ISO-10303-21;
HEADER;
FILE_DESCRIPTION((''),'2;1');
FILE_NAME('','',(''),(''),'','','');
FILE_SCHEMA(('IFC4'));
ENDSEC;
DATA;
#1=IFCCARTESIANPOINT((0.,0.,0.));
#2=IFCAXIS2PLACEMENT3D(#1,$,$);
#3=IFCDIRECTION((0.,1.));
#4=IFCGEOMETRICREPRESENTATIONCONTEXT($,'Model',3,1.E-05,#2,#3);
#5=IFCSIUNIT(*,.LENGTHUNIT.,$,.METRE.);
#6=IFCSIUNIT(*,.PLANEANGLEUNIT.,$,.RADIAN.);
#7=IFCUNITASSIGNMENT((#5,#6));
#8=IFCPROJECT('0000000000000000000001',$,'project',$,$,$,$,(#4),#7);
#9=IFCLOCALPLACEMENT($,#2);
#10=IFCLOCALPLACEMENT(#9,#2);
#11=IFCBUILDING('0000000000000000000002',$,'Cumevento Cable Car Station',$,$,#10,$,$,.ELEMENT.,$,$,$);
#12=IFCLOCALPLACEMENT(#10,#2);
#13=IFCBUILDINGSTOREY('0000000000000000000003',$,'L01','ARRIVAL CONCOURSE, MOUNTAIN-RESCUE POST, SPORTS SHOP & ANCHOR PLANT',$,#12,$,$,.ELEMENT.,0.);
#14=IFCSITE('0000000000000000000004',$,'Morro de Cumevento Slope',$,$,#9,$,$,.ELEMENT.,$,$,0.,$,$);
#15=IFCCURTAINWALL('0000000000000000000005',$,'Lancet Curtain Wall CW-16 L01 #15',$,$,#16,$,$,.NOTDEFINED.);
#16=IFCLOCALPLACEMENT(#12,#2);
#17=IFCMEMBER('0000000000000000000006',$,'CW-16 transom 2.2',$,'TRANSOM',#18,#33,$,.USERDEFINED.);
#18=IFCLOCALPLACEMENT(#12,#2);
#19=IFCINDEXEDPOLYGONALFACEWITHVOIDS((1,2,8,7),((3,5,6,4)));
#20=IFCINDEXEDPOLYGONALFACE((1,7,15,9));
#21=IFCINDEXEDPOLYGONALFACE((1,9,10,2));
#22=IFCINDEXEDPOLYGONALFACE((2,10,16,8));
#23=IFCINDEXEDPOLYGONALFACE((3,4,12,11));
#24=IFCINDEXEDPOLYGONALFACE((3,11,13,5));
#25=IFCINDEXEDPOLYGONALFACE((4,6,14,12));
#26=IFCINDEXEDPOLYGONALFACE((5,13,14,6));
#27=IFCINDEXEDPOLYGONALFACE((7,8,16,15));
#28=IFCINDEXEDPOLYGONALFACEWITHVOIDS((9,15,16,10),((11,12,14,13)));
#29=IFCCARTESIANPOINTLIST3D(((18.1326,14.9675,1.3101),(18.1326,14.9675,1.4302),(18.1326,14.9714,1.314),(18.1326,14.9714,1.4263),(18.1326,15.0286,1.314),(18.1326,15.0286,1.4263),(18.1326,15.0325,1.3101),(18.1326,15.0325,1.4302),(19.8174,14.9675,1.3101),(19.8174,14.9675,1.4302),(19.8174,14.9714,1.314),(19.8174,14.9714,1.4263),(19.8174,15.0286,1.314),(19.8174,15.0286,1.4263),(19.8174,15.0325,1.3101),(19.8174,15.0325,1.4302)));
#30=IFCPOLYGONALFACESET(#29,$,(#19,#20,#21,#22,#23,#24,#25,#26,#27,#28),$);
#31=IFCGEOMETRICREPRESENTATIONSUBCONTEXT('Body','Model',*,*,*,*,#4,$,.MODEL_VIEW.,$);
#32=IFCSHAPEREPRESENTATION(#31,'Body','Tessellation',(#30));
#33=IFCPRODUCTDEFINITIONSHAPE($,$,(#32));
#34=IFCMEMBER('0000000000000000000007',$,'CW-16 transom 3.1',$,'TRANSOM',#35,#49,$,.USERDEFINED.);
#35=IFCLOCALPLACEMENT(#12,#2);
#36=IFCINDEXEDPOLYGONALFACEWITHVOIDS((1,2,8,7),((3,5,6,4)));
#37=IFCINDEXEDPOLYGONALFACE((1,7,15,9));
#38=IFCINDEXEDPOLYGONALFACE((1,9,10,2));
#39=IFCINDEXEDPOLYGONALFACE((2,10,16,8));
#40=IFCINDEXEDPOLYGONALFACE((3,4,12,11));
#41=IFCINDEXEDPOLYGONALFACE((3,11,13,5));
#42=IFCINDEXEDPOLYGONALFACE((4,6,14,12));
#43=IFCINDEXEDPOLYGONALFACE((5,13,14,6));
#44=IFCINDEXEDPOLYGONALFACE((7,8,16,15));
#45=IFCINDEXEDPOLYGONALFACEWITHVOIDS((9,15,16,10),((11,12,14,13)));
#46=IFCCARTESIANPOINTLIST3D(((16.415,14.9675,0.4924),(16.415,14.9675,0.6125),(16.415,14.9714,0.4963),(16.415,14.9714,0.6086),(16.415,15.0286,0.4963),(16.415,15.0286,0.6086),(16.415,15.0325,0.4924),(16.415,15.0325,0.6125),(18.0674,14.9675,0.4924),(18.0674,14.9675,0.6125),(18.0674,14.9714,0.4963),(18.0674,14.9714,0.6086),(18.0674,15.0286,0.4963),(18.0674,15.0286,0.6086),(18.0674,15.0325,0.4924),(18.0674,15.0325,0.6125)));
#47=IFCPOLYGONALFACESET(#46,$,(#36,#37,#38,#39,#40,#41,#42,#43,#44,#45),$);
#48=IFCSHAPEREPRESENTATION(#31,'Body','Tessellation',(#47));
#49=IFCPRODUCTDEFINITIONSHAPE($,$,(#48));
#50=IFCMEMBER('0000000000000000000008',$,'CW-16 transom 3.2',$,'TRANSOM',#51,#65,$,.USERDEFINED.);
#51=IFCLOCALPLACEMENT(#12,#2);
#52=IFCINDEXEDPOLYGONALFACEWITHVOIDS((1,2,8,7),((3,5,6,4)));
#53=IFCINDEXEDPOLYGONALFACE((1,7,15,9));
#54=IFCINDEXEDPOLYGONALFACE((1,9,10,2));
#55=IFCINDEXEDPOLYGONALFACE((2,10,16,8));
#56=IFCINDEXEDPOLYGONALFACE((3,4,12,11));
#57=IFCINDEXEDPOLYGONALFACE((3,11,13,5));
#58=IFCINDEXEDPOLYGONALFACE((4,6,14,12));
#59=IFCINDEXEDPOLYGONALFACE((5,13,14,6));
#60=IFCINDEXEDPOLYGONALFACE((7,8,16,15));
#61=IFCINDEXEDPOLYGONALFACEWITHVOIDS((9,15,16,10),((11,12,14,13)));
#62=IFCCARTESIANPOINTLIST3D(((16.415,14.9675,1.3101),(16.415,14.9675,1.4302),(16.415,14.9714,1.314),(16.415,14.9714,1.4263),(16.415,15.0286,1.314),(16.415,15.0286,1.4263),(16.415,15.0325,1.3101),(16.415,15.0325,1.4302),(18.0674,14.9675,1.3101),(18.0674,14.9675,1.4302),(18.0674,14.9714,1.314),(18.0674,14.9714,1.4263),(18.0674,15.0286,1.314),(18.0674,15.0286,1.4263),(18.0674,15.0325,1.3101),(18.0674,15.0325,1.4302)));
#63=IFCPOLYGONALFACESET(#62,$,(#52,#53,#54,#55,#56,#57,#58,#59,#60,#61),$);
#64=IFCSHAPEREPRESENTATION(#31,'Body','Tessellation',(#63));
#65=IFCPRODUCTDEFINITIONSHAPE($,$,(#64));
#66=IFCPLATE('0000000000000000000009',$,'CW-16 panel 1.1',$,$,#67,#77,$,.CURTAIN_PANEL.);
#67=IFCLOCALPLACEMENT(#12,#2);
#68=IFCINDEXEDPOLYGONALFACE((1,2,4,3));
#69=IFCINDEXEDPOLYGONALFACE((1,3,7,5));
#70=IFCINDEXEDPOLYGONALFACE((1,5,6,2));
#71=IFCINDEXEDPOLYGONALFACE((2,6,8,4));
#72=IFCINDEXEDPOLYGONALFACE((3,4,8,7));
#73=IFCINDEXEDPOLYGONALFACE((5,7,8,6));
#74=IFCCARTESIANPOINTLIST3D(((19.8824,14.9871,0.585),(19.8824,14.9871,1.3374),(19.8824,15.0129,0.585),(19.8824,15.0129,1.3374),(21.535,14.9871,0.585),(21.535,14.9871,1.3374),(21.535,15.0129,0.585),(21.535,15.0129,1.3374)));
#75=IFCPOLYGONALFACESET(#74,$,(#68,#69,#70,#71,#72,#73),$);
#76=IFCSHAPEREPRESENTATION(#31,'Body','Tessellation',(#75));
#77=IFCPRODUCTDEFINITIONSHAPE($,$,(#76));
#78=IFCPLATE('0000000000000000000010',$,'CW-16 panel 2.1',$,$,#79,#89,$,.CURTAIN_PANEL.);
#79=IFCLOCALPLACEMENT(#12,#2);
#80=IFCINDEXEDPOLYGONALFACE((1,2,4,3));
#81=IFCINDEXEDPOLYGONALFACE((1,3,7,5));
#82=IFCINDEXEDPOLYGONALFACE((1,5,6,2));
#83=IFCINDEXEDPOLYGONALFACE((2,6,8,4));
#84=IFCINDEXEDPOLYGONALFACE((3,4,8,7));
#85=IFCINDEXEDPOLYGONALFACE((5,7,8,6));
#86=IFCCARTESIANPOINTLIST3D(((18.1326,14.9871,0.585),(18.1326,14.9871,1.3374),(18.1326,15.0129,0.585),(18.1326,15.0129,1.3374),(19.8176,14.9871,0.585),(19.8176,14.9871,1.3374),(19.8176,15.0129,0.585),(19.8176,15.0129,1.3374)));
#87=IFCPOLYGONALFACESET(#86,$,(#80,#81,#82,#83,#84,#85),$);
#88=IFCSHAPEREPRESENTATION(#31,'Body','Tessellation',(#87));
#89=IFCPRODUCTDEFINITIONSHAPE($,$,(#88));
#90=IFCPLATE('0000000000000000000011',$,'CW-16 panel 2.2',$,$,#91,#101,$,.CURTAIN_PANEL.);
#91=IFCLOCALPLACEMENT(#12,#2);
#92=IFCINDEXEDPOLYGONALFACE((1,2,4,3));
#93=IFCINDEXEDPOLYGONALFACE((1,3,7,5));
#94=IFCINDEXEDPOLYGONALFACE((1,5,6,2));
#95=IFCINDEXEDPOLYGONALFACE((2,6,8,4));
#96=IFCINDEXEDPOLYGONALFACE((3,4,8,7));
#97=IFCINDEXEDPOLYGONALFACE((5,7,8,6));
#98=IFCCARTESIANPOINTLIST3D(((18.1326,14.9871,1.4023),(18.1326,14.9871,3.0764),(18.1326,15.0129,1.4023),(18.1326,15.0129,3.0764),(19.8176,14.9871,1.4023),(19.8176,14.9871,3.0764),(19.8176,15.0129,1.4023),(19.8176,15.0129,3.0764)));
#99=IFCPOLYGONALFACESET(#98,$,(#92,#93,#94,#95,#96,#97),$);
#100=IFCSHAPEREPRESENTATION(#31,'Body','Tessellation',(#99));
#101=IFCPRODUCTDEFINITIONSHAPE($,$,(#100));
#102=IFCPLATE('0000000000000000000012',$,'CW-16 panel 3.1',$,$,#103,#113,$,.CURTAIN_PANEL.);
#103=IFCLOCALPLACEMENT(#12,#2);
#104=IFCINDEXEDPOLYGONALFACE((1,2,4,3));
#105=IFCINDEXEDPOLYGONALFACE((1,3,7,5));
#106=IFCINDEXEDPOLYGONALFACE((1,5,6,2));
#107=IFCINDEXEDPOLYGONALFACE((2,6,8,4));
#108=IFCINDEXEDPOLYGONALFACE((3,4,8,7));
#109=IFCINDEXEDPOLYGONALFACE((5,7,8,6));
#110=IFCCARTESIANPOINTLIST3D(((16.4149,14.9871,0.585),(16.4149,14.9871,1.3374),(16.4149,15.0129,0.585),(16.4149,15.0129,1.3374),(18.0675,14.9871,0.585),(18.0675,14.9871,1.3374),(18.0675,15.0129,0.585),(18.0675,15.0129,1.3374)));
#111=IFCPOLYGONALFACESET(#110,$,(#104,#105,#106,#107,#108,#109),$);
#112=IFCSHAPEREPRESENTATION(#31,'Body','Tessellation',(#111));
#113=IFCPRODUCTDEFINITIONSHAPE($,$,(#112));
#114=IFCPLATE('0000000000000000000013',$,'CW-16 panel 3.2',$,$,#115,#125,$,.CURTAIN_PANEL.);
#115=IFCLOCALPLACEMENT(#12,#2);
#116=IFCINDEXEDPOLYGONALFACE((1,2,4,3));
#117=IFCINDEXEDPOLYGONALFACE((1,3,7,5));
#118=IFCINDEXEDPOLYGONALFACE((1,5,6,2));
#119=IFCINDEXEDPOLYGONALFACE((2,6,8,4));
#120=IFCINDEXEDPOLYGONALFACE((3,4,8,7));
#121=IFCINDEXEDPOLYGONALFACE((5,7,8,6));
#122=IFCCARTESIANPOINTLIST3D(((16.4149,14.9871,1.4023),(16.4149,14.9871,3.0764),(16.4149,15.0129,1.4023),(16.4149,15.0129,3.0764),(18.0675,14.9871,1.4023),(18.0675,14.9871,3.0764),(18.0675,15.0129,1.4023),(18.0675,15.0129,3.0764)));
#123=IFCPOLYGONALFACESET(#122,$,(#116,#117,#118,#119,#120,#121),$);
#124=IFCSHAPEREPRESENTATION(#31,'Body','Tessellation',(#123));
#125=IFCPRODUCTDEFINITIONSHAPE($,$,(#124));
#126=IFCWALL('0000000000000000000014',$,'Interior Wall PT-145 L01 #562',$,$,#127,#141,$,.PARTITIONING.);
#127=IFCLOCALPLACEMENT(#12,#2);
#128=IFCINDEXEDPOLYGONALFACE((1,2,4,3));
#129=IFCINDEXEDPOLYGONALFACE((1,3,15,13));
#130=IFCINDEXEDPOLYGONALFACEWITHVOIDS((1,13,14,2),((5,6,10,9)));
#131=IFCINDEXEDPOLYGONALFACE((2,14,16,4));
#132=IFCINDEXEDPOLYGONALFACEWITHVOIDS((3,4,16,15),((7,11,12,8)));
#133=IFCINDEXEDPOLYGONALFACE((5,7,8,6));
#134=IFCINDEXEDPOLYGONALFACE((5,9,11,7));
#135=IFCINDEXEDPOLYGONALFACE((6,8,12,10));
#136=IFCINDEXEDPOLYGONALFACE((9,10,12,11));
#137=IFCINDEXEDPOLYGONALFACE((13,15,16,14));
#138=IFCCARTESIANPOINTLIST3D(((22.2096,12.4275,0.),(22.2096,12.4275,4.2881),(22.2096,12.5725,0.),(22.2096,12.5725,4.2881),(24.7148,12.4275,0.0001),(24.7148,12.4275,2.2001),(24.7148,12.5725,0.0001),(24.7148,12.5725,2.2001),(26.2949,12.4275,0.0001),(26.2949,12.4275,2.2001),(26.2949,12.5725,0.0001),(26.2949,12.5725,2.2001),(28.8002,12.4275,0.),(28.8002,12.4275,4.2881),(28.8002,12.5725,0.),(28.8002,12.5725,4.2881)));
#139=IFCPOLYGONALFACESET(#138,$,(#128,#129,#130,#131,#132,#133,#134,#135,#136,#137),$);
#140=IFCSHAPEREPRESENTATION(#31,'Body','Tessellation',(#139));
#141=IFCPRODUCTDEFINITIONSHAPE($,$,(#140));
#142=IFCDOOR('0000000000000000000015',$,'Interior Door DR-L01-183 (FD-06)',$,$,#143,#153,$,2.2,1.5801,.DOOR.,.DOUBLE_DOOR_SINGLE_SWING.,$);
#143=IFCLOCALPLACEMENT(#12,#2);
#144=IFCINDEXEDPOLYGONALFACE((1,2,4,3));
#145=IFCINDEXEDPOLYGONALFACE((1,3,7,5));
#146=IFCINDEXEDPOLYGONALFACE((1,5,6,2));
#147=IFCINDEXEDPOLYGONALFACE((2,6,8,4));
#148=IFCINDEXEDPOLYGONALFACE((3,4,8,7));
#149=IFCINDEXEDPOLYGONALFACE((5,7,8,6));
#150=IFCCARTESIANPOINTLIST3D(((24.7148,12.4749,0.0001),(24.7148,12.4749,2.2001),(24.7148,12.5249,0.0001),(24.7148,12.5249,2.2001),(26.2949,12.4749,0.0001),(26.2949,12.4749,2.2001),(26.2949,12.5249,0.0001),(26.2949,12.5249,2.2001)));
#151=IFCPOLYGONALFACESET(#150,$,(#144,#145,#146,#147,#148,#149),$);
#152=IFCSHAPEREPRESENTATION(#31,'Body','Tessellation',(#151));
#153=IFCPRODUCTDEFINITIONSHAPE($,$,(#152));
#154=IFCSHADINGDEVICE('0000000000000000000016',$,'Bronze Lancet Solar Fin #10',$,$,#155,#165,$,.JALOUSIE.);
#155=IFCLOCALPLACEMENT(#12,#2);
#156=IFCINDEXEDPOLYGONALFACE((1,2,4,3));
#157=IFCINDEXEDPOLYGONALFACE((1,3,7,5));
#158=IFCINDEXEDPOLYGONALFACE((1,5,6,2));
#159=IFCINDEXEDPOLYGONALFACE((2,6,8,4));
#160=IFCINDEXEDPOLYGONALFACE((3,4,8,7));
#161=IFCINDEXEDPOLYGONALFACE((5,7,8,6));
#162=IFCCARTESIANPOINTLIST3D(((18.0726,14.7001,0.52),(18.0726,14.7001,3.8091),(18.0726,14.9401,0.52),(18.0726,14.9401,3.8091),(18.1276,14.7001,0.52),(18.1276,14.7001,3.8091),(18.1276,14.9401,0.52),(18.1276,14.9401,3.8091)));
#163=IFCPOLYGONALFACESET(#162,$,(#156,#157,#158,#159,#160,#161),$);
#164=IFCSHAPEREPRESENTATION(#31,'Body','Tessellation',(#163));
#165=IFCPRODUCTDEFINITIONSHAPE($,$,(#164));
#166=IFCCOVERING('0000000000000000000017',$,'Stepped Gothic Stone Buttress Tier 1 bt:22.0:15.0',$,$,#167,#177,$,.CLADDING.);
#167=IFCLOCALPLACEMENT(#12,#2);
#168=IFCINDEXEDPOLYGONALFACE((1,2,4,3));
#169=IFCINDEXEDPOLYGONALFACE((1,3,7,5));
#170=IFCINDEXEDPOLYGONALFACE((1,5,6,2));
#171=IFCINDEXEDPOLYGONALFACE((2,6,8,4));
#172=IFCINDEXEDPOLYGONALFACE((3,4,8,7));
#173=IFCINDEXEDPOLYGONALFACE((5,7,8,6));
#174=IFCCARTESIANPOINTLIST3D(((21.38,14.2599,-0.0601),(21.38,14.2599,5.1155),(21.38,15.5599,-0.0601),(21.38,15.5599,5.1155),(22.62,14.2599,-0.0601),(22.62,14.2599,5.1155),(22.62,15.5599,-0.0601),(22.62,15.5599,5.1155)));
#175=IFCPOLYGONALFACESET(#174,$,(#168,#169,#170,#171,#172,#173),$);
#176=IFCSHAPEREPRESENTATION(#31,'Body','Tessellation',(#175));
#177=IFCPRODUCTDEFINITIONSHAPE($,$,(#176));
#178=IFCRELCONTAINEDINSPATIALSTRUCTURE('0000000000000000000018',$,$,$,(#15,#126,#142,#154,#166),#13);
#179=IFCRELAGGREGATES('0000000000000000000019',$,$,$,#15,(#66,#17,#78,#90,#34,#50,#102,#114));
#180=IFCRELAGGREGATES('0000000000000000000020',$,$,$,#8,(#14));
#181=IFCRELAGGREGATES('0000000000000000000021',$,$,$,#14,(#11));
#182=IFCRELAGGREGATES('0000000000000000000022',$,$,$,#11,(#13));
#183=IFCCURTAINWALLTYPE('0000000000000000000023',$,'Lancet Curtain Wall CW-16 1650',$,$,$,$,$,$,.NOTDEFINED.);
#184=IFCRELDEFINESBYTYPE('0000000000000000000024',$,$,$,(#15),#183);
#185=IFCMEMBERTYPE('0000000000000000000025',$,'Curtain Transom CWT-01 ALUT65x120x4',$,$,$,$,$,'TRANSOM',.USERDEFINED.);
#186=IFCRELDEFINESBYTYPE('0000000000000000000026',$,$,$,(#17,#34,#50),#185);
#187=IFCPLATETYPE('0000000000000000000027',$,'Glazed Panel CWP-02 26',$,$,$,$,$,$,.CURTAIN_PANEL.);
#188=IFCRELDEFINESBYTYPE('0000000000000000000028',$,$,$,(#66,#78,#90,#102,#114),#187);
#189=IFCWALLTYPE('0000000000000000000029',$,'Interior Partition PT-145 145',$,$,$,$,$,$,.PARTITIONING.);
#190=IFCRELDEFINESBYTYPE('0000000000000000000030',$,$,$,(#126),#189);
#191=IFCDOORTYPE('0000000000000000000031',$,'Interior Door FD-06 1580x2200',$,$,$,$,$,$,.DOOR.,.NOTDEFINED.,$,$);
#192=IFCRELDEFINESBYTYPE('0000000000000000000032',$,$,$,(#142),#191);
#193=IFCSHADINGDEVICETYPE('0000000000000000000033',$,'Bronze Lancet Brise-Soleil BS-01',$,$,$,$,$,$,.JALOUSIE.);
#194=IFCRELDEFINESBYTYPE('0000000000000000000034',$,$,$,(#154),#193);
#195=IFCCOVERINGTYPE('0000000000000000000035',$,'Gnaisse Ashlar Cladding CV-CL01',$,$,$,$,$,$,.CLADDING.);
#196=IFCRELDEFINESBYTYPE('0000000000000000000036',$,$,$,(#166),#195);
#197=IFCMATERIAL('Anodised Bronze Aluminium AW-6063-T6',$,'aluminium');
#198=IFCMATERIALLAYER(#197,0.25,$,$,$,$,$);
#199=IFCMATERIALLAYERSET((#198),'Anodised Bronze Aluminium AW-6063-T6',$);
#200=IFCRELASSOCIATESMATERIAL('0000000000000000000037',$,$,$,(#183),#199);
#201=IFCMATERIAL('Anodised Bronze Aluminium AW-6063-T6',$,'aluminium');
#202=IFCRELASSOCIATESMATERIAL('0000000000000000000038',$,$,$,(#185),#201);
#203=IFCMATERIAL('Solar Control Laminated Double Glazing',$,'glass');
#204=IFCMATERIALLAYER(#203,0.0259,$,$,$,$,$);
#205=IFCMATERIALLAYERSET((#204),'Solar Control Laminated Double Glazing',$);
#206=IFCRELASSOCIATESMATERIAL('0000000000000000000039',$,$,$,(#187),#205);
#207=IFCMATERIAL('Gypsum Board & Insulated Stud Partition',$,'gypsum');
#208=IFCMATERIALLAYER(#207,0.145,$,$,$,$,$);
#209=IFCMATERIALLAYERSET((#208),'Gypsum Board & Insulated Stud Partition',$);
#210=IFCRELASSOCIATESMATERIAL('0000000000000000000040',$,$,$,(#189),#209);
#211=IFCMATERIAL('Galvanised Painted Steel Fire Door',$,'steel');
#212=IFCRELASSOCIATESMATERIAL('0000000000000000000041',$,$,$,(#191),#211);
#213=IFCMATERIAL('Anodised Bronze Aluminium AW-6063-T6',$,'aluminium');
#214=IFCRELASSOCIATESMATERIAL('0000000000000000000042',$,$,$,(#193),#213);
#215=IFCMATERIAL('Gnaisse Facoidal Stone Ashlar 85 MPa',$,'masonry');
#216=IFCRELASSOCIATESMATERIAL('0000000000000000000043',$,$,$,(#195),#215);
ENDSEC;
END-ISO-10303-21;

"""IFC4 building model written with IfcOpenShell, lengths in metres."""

from ifc_helpers import new_model, si_unit, direction, frame, frame_2d, origin, origin_2d, place, context, subcontext, project, spatial, rectangle, hollow_rectangle, extrude, material, layer, layer_set, material_profile, profile_set, type_object, element, fill, aggregate, save


model = new_model("IFC4")

# Units and contexts
model_context = context("Model", 3, precision=1e-05, world=origin(), true_north=direction((0.0, 1.0)))
body_context = subcontext(model_context, "Body", "Model", "MODEL_VIEW")
ifc_project = project(units=[si_unit("LENGTHUNIT", "METRE"), si_unit("PLANEANGLEUNIT", "RADIAN")], contexts=[model_context])

# Site, building, storey
site_placement = place(None, origin())
site = spatial("IfcSite", under=ifc_project, at=site_placement, Name="Morro de Cumevento Slope", CompositionType="ELEMENT", RefElevation=0.0)
building_placement = place(site_placement, origin())
building = spatial("IfcBuilding", under=site, at=building_placement, Name="Cumevento Cable Car Station", CompositionType="ELEMENT")
storey_placement = place(building_placement, origin())
storey = spatial("IfcBuildingStorey", under=building, at=storey_placement, Name="L01", Description="ARRIVAL CONCOURSE, MOUNTAIN-RESCUE POST, SPORTS SHOP & ANCHOR PLANT", CompositionType="ELEMENT", Elevation=0.0)

# Curtain wall, members, plates
ifc_material_1 = material(Name="Anodised Bronze Aluminium AW-6063-T6", Category="aluminium")
ifc_layer_1 = layer(ifc_material_1, 0.25)
ifc_layer_set_1 = layer_set([ifc_layer_1], Name="Anodised Bronze Aluminium AW-6063-T6")
curtain_wall_type = type_object("IfcCurtainWallType", Name="Lancet Curtain Wall CW-16 1650", PredefinedType="NOTDEFINED", material=ifc_layer_set_1)
curtain_wall_placement = place(storey_placement, origin())
curtain_wall = element("IfcCurtainWall", 1, at=curtain_wall_placement, inside=storey, type_object=curtain_wall_type, Name="Lancet Curtain Wall CW-16 L01 #15", PredefinedType="NOTDEFINED")
ifc_material_2 = material(Name="Anodised Bronze Aluminium AW-6063-T6", Category="aluminium")
ifc_material_profile_1 = material_profile(ifc_material_2, hollow_rectangle(XDim=0.0649, YDim=0.1201, WallThickness=0.0039, at=origin_2d()), Name="ALUT65x120x4")
ifc_profile_set_1 = profile_set([ifc_material_profile_1], Name="Anodised Bronze Aluminium AW-6063-T6")
member_type_1 = type_object("IfcMemberType", Name="Curtain Transom CWT-01 ALUT65x120x4", ElementType="TRANSOM", PredefinedType="USERDEFINED", material=ifc_profile_set_1)
member_1_placement = place(storey_placement, frame((19.8174, 15.0, 1.3701), z_axis=(-1.0, 0.0, 0.0), x_axis=(0.0, -1.0, 0.0)))
member_1 = element("IfcMember", 2, at=member_1_placement, type_object=member_type_1, Name="CW-16 transom 2.2", ObjectType="TRANSOM", PredefinedType="USERDEFINED", context=body_context, shape_type="SweptSolid", body=[
    extrude(hollow_rectangle(XDim=0.0649, YDim=0.1201, WallThickness=0.0039, at=origin_2d()), origin(), (0.0, 0.0, 1.0), 1.6848),
])
member_2_placement = place(storey_placement, frame((18.0674, 15.0, 0.5525), z_axis=(-1.0, 0.0, 0.0), x_axis=(0.0, -1.0, 0.0)))
member_2 = element("IfcMember", 3, at=member_2_placement, type_object=member_type_1, Name="CW-16 transom 3.1", ObjectType="TRANSOM", PredefinedType="USERDEFINED", context=body_context, shape_type="SweptSolid", body=[
    extrude(hollow_rectangle(XDim=0.0649, YDim=0.1201, WallThickness=0.0039, at=origin_2d()), origin(), (0.0, 0.0, 1.0), 1.6523),
])
member_3_placement = place(storey_placement, frame((18.0674, 15.0, 1.3701), z_axis=(-1.0, 0.0, 0.0), x_axis=(0.0, -1.0, 0.0)))
member_3 = element("IfcMember", 4, at=member_3_placement, type_object=member_type_1, Name="CW-16 transom 3.2", ObjectType="TRANSOM", PredefinedType="USERDEFINED", context=body_context, shape_type="SweptSolid", body=[
    extrude(hollow_rectangle(XDim=0.0649, YDim=0.1201, WallThickness=0.0039, at=origin_2d()), origin(), (0.0, 0.0, 1.0), 1.6523),
])
ifc_material_3 = material(Name="Solar Control Laminated Double Glazing", Category="glass")
ifc_layer_2 = layer(ifc_material_3, 0.0259)
ifc_layer_set_2 = layer_set([ifc_layer_2], Name="Solar Control Laminated Double Glazing")
plate_type = type_object("IfcPlateType", Name="Glazed Panel CWP-02 26", PredefinedType="CURTAIN_PANEL", material=ifc_layer_set_2)
plate_1_placement = place(storey_placement, frame((20.7087, 15.0, 0.585), z_axis=(0.0, 0.0, 1.0), x_axis=(-1.0, 0.0, 0.0)))
plate_1 = element("IfcPlate", 5, at=plate_1_placement, type_object=plate_type, Name="CW-16 panel 1.1", PredefinedType="CURTAIN_PANEL", context=body_context, shape_type="SweptSolid", body=[
    extrude(rectangle(XDim=1.6526, YDim=0.0259, at=origin_2d()), origin(), (0.0, 0.0, 1.0), 0.7524),
])
plate_2_placement = place(storey_placement, frame((18.9751, 15.0, 0.585), z_axis=(0.0, 0.0, 1.0), x_axis=(-1.0, 0.0, 0.0)))
plate_2 = element("IfcPlate", 6, at=plate_2_placement, type_object=plate_type, Name="CW-16 panel 2.1", PredefinedType="CURTAIN_PANEL", context=body_context, shape_type="SweptSolid", body=[
    extrude(rectangle(XDim=1.6851, YDim=0.0259, at=origin_2d()), origin(), (0.0, 0.0, 1.0), 0.7524),
])
plate_3_placement = place(storey_placement, frame((18.9751, 15.0, 1.4023), z_axis=(0.0, 0.0, 1.0), x_axis=(-1.0, 0.0, 0.0)))
plate_3 = element("IfcPlate", 7, at=plate_3_placement, type_object=plate_type, Name="CW-16 panel 2.2", PredefinedType="CURTAIN_PANEL", context=body_context, shape_type="SweptSolid", body=[
    extrude(rectangle(XDim=1.6851, YDim=0.0259, at=origin_2d()), origin(), (0.0, 0.0, 1.0), 1.6741),
])
plate_4_placement = place(storey_placement, frame((17.2412, 15.0, 0.585), z_axis=(0.0, 0.0, 1.0), x_axis=(-1.0, 0.0, 0.0)))
plate_4 = element("IfcPlate", 8, at=plate_4_placement, type_object=plate_type, Name="CW-16 panel 3.1", PredefinedType="CURTAIN_PANEL", context=body_context, shape_type="SweptSolid", body=[
    extrude(rectangle(XDim=1.6526, YDim=0.0259, at=origin_2d()), origin(), (0.0, 0.0, 1.0), 0.7524),
])
plate_5_placement = place(storey_placement, frame((17.2412, 15.0, 1.4023), z_axis=(0.0, 0.0, 1.0), x_axis=(-1.0, 0.0, 0.0)))
plate_5 = element("IfcPlate", 9, at=plate_5_placement, type_object=plate_type, Name="CW-16 panel 3.2", PredefinedType="CURTAIN_PANEL", context=body_context, shape_type="SweptSolid", body=[
    extrude(rectangle(XDim=1.6526, YDim=0.0259, at=origin_2d()), origin(), (0.0, 0.0, 1.0), 1.6741),
])
aggregate(curtain_wall, [plate_1, member_1, plate_2, plate_3, member_2, member_3, plate_4, plate_5])

# Wall, opening, door
ifc_material_4 = material(Name="Gypsum Board & Insulated Stud Partition", Category="gypsum")
ifc_layer_3 = layer(ifc_material_4, 0.145)
ifc_layer_set_3 = layer_set([ifc_layer_3], Name="Gypsum Board & Insulated Stud Partition")
wall_type = type_object("IfcWallType", Name="Interior Partition PT-145 145", PredefinedType="PARTITIONING", material=ifc_layer_set_3)
wall_placement = place(storey_placement, frame((22.2095, 12.5, 0.0), z_axis=(0.0, 0.0, 1.0), x_axis=(1.0, 0.0, 0.0)))
wall = element("IfcWall", 10, at=wall_placement, inside=storey, type_object=wall_type, Name="Interior Wall PT-145 L01 #562", PredefinedType="PARTITIONING", context=body_context, shape_type="SweptSolid", body=[
    extrude(rectangle(XDim=6.5906, YDim=0.145, at=frame_2d((3.2954, 0.0))), origin(), (0.0, 0.0, 1.0), 4.2881),
])
opening_placement = place(wall_placement, frame((2.5054, 0.0, 0.0)))
opening = element("IfcOpeningElement", 11, at=opening_placement, cuts=wall, PredefinedType="OPENING", context=body_context, shape_type="SweptSolid", body=[
    extrude(rectangle(XDim=1.5801, YDim=2.2, at=frame_2d((0.79, 1.1001))), frame((0.0, 0.0825, 0.0), z_axis=(0.0, -1.0, 0.0), x_axis=(1.0, 0.0, 0.0)), (0.0, 0.0, 1.0), 0.165),
])
ifc_material_5 = material(Name="Galvanised Painted Steel Fire Door", Category="steel")
door_type = type_object("IfcDoorType", Name="Interior Door FD-06 1580x2200", OperationType="NOTDEFINED", PredefinedType="DOOR", material=ifc_material_5)
door_placement = place(opening_placement, origin())
door = element("IfcDoor", 12, at=door_placement, inside=storey, type_object=door_type, Name="Interior Door DR-L01-183 (FD-06)", OperationType="DOUBLE_DOOR_SINGLE_SWING", OverallHeight=2.2, OverallWidth=1.5801, PredefinedType="DOOR", context=body_context, shape_type="SweptSolid", body=[
    extrude(rectangle(XDim=1.5801, YDim=2.2, at=frame_2d((0.79, 1.1001))), frame((0.0, 0.0249, 0.0), z_axis=(0.0, -1.0, 0.0), x_axis=(1.0, 0.0, 0.0)), (0.0, 0.0, 1.0), 0.05),
])
fill(opening, door)

# Shading device
ifc_material_6 = material(Name="Anodised Bronze Aluminium AW-6063-T6", Category="aluminium")
shading_device_type = type_object("IfcShadingDeviceType", Name="Bronze Lancet Brise-Soleil BS-01", PredefinedType="JALOUSIE", material=ifc_material_6)
shading_device_placement = place(storey_placement, frame((18.1001, 14.8201, 0.52), z_axis=(0.0, 0.0, 1.0), x_axis=(-1.0, 0.0, 0.0)))
element("IfcShadingDevice", 13, at=shading_device_placement, inside=storey, type_object=shading_device_type, Name="Bronze Lancet Solar Fin #10", PredefinedType="JALOUSIE", context=body_context, shape_type="SweptSolid", body=[
    extrude(rectangle(XDim=0.0549, YDim=0.24, at=origin_2d()), origin(), (0.0, 0.0, 1.0), 3.2891),
])

# Covering
ifc_material_7 = material(Name="Gnaisse Facoidal Stone Ashlar 85 MPa", Category="masonry")
covering_type = type_object("IfcCoveringType", Name="Gnaisse Ashlar Cladding CV-CL01", PredefinedType="CLADDING", material=ifc_material_7)
covering_placement = place(storey_placement, frame((22.0, 14.9099, -0.0601), z_axis=(0.0, 0.0, 1.0), x_axis=(1.0, 0.0, 0.0)))
element("IfcCovering", 14, at=covering_placement, inside=storey, type_object=covering_type, Name="Stepped Gothic Stone Buttress Tier 1 bt:22.0:15.0", PredefinedType="CLADDING", context=body_context, shape_type="SweptSolid", body=[
    extrude(rectangle(XDim=1.24, YDim=1.3, at=origin_2d()), origin(), (0.0, 0.0, 1.0), 5.1755),
])

save(model, "model.ifc")
